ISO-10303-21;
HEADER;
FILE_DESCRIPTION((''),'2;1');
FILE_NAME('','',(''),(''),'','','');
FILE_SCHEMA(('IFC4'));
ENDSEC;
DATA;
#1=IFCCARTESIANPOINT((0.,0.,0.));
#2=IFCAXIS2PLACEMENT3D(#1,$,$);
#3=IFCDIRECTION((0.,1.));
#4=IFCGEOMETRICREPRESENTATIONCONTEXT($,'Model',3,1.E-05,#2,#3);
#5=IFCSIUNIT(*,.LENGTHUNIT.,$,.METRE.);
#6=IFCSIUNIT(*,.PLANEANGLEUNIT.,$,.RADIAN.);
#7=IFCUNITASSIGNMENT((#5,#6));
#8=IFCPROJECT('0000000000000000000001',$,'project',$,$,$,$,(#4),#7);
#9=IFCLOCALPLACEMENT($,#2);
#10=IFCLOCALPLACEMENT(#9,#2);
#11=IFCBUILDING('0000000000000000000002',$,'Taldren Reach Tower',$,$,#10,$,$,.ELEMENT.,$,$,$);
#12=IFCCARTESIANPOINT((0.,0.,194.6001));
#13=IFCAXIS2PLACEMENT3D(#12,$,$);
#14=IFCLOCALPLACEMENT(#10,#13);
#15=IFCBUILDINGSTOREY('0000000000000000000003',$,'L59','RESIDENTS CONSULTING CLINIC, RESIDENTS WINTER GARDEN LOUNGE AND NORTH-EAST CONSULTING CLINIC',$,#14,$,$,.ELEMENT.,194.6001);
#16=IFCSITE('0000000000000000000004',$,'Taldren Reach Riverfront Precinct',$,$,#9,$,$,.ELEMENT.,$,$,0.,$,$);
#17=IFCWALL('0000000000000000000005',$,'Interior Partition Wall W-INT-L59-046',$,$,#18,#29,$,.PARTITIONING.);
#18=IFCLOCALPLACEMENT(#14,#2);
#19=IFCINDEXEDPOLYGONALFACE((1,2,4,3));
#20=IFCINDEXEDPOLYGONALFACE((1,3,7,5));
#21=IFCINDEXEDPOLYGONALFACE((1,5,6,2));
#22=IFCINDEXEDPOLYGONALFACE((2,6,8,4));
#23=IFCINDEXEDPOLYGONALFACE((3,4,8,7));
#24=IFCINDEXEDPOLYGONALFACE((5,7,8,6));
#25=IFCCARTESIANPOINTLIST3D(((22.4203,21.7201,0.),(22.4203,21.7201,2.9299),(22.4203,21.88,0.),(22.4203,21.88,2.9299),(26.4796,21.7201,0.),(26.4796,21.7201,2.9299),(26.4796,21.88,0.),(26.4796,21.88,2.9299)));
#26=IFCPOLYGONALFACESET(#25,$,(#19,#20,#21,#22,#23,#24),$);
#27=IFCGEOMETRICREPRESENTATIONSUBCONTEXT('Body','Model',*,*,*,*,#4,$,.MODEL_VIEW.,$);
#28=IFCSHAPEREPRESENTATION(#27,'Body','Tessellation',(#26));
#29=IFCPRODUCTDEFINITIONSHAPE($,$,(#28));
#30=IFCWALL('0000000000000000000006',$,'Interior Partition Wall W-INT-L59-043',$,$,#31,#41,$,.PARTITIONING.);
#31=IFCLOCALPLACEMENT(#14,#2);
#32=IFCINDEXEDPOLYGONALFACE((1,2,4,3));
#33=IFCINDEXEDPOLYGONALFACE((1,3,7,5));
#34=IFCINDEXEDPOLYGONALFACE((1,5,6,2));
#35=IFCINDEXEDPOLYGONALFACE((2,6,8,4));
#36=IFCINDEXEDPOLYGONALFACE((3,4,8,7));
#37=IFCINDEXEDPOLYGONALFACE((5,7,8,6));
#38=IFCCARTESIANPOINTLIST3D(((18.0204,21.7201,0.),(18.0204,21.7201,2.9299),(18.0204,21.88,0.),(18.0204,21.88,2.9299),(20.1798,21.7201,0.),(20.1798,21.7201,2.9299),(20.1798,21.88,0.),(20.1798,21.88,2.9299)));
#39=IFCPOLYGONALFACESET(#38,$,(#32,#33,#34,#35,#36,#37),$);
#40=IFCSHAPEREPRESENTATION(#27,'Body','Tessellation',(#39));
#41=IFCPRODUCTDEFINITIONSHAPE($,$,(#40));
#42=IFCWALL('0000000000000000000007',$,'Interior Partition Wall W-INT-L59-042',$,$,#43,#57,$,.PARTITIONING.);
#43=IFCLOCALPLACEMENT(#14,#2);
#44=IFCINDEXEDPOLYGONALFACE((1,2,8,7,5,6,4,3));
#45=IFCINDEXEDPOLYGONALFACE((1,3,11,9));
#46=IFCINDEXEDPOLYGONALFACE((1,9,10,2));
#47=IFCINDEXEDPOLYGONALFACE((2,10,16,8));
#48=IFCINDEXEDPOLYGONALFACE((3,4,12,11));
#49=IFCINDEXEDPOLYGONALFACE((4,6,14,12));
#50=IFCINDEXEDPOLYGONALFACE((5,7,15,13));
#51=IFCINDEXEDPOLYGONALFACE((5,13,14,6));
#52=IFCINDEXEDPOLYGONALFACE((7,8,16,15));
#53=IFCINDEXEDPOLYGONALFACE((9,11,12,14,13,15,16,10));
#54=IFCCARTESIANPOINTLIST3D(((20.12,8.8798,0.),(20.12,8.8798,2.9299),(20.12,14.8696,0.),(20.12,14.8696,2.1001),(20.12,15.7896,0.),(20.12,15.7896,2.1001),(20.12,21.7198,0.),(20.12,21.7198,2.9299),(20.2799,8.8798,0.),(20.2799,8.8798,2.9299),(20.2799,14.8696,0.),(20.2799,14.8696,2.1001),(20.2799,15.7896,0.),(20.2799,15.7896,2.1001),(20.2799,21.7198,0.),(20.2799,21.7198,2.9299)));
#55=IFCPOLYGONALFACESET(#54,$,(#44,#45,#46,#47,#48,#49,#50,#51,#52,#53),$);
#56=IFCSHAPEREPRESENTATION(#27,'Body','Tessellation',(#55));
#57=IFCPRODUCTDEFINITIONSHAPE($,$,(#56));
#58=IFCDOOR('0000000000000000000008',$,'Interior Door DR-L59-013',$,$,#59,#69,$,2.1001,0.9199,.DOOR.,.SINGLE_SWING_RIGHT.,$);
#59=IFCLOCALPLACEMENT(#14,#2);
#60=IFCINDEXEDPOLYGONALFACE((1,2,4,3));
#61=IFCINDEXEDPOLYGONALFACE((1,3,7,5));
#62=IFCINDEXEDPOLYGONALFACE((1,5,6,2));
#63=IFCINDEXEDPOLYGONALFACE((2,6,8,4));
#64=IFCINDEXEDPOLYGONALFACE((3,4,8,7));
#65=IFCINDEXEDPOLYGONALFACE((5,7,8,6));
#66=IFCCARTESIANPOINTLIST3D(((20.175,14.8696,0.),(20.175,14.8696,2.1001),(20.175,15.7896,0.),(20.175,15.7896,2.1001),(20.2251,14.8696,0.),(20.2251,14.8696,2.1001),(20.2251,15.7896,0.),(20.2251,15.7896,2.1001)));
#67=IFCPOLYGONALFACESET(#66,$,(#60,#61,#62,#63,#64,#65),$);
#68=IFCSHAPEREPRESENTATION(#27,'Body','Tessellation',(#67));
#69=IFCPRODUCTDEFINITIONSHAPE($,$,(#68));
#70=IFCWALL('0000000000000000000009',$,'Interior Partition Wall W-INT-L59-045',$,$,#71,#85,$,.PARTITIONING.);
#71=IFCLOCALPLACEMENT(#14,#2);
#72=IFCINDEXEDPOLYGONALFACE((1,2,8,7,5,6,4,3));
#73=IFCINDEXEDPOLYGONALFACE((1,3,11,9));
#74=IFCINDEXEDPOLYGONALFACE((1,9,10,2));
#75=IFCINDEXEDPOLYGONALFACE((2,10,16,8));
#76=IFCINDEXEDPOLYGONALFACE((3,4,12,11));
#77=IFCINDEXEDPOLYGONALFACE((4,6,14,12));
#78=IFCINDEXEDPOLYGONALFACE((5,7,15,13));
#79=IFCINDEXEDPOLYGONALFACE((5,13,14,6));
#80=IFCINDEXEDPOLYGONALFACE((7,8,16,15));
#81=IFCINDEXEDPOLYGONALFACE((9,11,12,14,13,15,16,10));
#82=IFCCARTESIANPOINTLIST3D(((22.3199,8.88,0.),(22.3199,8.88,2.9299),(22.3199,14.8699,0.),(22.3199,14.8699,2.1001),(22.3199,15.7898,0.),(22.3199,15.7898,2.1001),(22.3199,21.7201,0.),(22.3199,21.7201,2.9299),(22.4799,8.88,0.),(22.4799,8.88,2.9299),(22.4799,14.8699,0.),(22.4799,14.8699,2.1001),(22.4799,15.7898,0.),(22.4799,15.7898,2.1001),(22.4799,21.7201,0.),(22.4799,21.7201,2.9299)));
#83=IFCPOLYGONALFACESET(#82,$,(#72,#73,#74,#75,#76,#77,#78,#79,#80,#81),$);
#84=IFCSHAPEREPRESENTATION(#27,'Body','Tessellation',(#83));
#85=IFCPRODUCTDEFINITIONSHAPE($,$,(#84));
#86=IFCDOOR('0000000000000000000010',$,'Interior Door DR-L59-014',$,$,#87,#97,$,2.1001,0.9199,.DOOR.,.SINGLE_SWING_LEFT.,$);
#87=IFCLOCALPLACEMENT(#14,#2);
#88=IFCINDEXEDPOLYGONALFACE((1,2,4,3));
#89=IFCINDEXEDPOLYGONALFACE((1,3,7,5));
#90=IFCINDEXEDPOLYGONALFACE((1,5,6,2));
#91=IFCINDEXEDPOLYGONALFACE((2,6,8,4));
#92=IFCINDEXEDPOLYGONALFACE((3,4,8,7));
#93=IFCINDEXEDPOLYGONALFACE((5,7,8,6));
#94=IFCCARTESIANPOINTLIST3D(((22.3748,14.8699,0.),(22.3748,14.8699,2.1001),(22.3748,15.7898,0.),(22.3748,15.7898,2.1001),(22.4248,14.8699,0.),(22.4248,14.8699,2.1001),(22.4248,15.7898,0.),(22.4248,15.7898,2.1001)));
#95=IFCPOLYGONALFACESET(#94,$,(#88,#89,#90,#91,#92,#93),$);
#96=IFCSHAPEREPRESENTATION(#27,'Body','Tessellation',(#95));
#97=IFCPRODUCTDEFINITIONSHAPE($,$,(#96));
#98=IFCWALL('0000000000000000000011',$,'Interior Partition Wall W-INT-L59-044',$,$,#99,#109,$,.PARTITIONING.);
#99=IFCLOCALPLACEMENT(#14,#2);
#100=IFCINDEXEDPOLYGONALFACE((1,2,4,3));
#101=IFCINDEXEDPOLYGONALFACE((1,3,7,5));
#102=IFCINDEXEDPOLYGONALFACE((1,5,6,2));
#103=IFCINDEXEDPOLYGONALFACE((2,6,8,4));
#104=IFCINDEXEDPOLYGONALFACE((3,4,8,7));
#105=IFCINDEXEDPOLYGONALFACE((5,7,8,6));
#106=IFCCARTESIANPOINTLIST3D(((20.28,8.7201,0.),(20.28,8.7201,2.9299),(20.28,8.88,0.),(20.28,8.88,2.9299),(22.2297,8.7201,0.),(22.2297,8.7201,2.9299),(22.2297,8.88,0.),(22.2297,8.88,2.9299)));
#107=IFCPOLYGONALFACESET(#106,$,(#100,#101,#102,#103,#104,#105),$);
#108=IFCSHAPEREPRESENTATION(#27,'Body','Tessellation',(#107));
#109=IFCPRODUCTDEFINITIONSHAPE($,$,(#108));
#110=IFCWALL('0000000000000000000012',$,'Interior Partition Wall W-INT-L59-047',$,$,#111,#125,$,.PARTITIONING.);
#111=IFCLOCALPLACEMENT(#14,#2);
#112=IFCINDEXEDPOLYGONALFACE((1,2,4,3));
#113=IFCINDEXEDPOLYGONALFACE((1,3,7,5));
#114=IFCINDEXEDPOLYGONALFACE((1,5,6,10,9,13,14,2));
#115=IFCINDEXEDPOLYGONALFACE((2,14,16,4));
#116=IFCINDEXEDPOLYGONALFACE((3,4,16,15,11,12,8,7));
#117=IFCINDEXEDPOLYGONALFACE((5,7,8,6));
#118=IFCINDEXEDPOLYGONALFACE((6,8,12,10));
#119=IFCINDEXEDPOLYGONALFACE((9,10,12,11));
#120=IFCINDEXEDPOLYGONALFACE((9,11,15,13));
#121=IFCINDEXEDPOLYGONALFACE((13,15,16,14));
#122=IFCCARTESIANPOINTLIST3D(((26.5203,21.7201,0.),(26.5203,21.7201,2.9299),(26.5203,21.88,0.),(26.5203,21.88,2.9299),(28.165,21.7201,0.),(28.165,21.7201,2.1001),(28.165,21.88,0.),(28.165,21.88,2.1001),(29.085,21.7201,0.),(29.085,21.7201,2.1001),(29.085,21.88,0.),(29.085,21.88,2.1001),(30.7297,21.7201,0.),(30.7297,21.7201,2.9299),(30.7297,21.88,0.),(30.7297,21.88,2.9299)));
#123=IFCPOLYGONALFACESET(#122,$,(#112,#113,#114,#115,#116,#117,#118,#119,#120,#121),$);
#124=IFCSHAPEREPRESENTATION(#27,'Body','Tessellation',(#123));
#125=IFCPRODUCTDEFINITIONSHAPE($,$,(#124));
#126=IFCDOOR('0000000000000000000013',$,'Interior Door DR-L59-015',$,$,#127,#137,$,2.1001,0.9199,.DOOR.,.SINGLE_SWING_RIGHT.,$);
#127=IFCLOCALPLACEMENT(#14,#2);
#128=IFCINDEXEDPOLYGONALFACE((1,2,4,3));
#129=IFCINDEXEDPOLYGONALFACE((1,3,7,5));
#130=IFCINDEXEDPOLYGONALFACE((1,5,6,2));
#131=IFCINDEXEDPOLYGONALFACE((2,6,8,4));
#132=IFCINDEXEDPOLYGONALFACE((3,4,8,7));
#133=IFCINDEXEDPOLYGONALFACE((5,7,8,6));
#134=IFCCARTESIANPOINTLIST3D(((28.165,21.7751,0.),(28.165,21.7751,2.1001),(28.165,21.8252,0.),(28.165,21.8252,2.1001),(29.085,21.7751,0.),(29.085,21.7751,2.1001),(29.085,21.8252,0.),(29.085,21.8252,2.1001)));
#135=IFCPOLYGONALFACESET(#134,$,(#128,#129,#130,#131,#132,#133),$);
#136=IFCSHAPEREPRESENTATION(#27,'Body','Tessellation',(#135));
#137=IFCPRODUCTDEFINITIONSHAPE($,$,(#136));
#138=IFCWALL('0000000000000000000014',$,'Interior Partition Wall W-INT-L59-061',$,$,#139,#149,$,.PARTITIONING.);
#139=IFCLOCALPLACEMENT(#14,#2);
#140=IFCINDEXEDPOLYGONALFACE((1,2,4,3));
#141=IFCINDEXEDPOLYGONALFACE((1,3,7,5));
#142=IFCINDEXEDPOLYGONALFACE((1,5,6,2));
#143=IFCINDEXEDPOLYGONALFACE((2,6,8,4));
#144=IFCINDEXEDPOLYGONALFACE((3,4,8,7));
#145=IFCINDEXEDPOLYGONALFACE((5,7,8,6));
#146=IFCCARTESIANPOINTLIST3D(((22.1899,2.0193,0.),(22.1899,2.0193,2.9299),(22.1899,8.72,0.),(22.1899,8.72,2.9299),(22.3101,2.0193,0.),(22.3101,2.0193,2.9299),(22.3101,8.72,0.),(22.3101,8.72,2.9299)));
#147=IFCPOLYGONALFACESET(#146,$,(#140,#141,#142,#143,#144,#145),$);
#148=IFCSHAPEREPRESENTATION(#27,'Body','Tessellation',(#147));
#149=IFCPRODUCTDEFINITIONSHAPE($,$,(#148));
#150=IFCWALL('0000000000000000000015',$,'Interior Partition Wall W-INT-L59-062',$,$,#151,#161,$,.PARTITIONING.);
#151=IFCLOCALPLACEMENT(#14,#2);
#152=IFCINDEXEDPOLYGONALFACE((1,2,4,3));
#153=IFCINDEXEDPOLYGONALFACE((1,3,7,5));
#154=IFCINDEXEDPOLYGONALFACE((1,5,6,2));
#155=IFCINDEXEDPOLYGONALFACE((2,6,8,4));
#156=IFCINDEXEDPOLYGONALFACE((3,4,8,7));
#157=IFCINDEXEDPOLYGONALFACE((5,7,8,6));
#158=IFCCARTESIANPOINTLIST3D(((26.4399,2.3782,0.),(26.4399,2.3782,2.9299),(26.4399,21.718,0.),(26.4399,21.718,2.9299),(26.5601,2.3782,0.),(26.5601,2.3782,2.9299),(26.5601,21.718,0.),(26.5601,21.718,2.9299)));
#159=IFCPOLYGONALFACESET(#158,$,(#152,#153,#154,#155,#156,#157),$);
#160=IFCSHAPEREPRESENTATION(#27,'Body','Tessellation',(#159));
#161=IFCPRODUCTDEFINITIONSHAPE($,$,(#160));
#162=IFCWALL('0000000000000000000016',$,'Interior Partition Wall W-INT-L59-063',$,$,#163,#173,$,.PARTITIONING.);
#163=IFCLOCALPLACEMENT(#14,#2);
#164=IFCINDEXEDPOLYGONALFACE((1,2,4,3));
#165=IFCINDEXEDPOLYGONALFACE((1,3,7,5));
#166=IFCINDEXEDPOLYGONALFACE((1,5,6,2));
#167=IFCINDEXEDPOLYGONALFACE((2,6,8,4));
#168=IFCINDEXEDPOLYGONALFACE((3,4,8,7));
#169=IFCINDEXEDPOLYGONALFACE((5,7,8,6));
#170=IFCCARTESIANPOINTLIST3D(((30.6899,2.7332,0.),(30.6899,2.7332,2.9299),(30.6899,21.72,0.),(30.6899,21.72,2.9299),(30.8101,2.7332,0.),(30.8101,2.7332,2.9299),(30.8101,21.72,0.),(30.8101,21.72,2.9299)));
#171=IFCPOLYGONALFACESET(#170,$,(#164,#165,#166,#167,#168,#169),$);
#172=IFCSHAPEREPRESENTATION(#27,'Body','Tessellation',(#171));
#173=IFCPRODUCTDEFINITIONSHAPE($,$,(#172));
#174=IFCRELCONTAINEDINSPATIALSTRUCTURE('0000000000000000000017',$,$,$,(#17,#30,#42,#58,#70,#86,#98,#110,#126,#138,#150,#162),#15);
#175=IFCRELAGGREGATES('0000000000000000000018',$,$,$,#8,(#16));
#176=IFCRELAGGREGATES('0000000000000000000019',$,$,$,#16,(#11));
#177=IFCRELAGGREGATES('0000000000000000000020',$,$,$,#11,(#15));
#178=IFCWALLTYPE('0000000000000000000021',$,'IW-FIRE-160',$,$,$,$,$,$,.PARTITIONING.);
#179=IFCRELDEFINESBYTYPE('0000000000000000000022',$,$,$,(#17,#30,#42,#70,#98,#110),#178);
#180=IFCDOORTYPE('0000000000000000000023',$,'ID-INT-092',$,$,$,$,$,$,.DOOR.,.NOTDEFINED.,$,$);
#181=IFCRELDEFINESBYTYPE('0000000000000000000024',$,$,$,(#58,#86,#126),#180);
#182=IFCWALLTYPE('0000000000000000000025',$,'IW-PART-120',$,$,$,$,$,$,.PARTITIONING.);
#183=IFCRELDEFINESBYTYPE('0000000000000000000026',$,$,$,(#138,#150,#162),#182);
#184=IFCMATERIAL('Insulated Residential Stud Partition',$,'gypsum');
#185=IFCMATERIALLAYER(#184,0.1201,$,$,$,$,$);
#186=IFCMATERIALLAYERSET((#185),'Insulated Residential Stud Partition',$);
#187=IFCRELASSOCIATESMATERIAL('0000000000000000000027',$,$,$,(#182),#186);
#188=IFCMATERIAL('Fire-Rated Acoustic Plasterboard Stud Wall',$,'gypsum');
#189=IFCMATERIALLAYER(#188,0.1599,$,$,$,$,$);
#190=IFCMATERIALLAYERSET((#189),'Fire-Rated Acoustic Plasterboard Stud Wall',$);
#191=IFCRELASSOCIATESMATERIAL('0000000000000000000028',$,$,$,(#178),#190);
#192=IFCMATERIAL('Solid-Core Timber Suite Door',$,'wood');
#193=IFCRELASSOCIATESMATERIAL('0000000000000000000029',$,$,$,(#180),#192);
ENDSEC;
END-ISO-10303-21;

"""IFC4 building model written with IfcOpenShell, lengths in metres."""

from ifc_helpers import new_model, si_unit, direction, frame, frame_2d, origin, place, context, subcontext, project, spatial, rectangle, extrude, source, transform, mapped, material, layer, layer_set, type_object, element, fill, save


model = new_model("IFC4")

# Units and contexts
model_context = context("Model", 3, precision=1e-05, world=origin(), true_north=direction((0.0, 1.0)))
body_context = subcontext(model_context, "Body", "Model", "MODEL_VIEW")
ifc_project = project(units=[si_unit("LENGTHUNIT", "METRE"), si_unit("PLANEANGLEUNIT", "RADIAN")], contexts=[model_context])

# Site, building, storey
site_placement = place(None, origin())
site = spatial("IfcSite", under=ifc_project, at=site_placement, Name="Taldren Reach Riverfront Precinct", CompositionType="ELEMENT", RefElevation=0.0)
building_placement = place(site_placement, origin())
building = spatial("IfcBuilding", under=site, at=building_placement, Name="Taldren Reach Tower", CompositionType="ELEMENT")
storey_placement = place(building_placement, frame((0.0, 0.0, 194.6001)))
storey = spatial("IfcBuildingStorey", under=building, at=storey_placement, Name="L59", Description="RESIDENTS CONSULTING CLINIC, RESIDENTS WINTER GARDEN LOUNGE AND NORTH-EAST CONSULTING CLINIC", CompositionType="ELEMENT", Elevation=194.6001)

# Walls
ifc_material_1 = material(Name="Insulated Residential Stud Partition", Category="gypsum")
ifc_layer_1 = layer(ifc_material_1, 0.1201)
ifc_layer_set_1 = layer_set([ifc_layer_1], Name="Insulated Residential Stud Partition")
wall_type_1 = type_object("IfcWallType", Name="IW-PART-120", PredefinedType="PARTITIONING", material=ifc_layer_set_1)
ifc_material_2 = material(Name="Fire-Rated Acoustic Plasterboard Stud Wall", Category="gypsum")
ifc_layer_2 = layer(ifc_material_2, 0.1599)
ifc_layer_set_2 = layer_set([ifc_layer_2], Name="Fire-Rated Acoustic Plasterboard Stud Wall")
wall_type_2 = type_object("IfcWallType", Name="IW-FIRE-160", PredefinedType="PARTITIONING", material=ifc_layer_set_2)
shared_shape_1 = source(origin(), body_context, "Body", "SweptSolid", [
    extrude(rectangle(XDim=4.0593, YDim=0.1599, at=frame_2d((2.0298, 0.0))), origin(), (0.0, 0.0, 1.0), 2.9299),
])
wall_1_placement = place(storey_placement, frame((26.4797, 21.8, 0.0), z_axis=(0.0, 0.0, 1.0), x_axis=(-1.0, 0.0, 0.0)))
element("IfcWall", 1, at=wall_1_placement, inside=storey, type_object=wall_type_2, Name="Interior Partition Wall W-INT-L59-046", PredefinedType="PARTITIONING", context=body_context, shape_type="MappedRepresentation", body=[
    mapped(shared_shape_1, transform((0.0, 0.0, 0.0), scale=1.0)),
])
shared_shape_2 = source(origin(), body_context, "Body", "SweptSolid", [
    extrude(rectangle(XDim=2.1594, YDim=0.1599, at=frame_2d((1.0796, 0.0))), origin(), (0.0, 0.0, 1.0), 2.9299),
])
wall_2_placement = place(storey_placement, frame((20.1797, 21.8, 0.0), z_axis=(0.0, 0.0, 1.0), x_axis=(-1.0, 0.0, 0.0)))
element("IfcWall", 2, at=wall_2_placement, inside=storey, type_object=wall_type_2, Name="Interior Partition Wall W-INT-L59-043", PredefinedType="PARTITIONING", context=body_context, shape_type="MappedRepresentation", body=[
    mapped(shared_shape_2, transform((0.0, 0.0, 0.0), scale=1.0)),
])

# Walls, openings, doors
shared_shape_3 = source(origin(), body_context, "Body", "SweptSolid", [
    extrude(rectangle(XDim=12.8401, YDim=0.1599, at=frame_2d((6.4199, 0.0))), origin(), (0.0, 0.0, 1.0), 2.9299),
])
wall_3_placement = place(storey_placement, frame((20.2, 8.8799, 0.0), z_axis=(0.0, 0.0, 1.0), x_axis=(0.0, 1.0, 0.0)))
wall_3 = element("IfcWall", 3, at=wall_3_placement, inside=storey, type_object=wall_type_2, Name="Interior Partition Wall W-INT-L59-042", PredefinedType="PARTITIONING", context=body_context, shape_type="MappedRepresentation", body=[
    mapped(shared_shape_3, transform((0.0, 0.0, 0.0), scale=1.0)),
])
shared_shape_4 = source(origin(), body_context, "Body", "SweptSolid", [
    extrude(rectangle(XDim=0.9199, YDim=2.1001, at=frame_2d((0.46, 1.05))), frame((0.0, 0.0898, 0.0), z_axis=(0.0, -1.0, 0.0), x_axis=(1.0, 0.0, 0.0)), (0.0, 0.0, 1.0), 0.1799),
])
opening_1_placement = place(wall_3_placement, frame((5.9897, 0.0, 0.0)))
opening_1 = element("IfcOpeningElement", 4, at=opening_1_placement, cuts=wall_3, PredefinedType="OPENING", context=body_context, shape_type="MappedRepresentation", body=[
    mapped(shared_shape_4, transform((0.0, 0.0, 0.0), scale=1.0)),
])
ifc_material_3 = material(Name="Solid-Core Timber Suite Door", Category="wood")
door_type = type_object("IfcDoorType", Name="ID-INT-092", OperationType="NOTDEFINED", PredefinedType="DOOR", material=ifc_material_3)
shared_shape_5 = source(origin(), body_context, "Body", "SweptSolid", [
    extrude(rectangle(XDim=0.9199, YDim=2.1001, at=frame_2d((0.46, 1.05))), frame((0.0, 0.0249, 0.0), z_axis=(0.0, -1.0, 0.0), x_axis=(1.0, 0.0, 0.0)), (0.0, 0.0, 1.0), 0.05),
])
door_1_placement = place(opening_1_placement, origin())
door_1 = element("IfcDoor", 5, at=door_1_placement, inside=storey, type_object=door_type, Name="Interior Door DR-L59-013", OperationType="SINGLE_SWING_RIGHT", OverallHeight=2.1001, OverallWidth=0.9199, PredefinedType="DOOR", context=body_context, shape_type="MappedRepresentation", body=[
    mapped(shared_shape_5, transform((0.0, 0.0, 0.0), scale=1.0)),
])
fill(opening_1, door_1)
wall_4_placement = place(storey_placement, frame((22.3999, 21.72, 0.0), z_axis=(0.0, 0.0, 1.0), x_axis=(0.0, -1.0, 0.0)))
wall_4 = element("IfcWall", 6, at=wall_4_placement, inside=storey, type_object=wall_type_2, Name="Interior Partition Wall W-INT-L59-045", PredefinedType="PARTITIONING", context=body_context, shape_type="MappedRepresentation", body=[
    mapped(shared_shape_3, transform((0.0, 0.0, 0.0), scale=1.0)),
])
opening_2_placement = place(wall_4_placement, frame((5.9302, 0.0, 0.0)))
opening_2 = element("IfcOpeningElement", 7, at=opening_2_placement, cuts=wall_4, PredefinedType="OPENING", context=body_context, shape_type="MappedRepresentation", body=[
    mapped(shared_shape_4, transform((0.0, 0.0, 0.0), scale=1.0)),
])
door_2_placement = place(opening_2_placement, origin())
door_2 = element("IfcDoor", 8, at=door_2_placement, inside=storey, type_object=door_type, Name="Interior Door DR-L59-014", OperationType="SINGLE_SWING_LEFT", OverallHeight=2.1001, OverallWidth=0.9199, PredefinedType="DOOR", context=body_context, shape_type="MappedRepresentation", body=[
    mapped(shared_shape_5, transform((0.0, 0.0, 0.0), scale=1.0)),
])
fill(opening_2, door_2)

# Wall
shared_shape_6 = source(origin(), body_context, "Body", "SweptSolid", [
    extrude(rectangle(XDim=1.9497, YDim=0.1599, at=frame_2d((0.9749, 0.0))), origin(), (0.0, 0.0, 1.0), 2.9299),
])
wall_5_placement = place(storey_placement, frame((22.2297, 8.8, 0.0), z_axis=(0.0, 0.0, 1.0), x_axis=(-1.0, 0.0, 0.0)))
element("IfcWall", 9, at=wall_5_placement, inside=storey, type_object=wall_type_2, Name="Interior Partition Wall W-INT-L59-044", PredefinedType="PARTITIONING", context=body_context, shape_type="MappedRepresentation", body=[
    mapped(shared_shape_6, transform((0.0, 0.0, 0.0), scale=1.0)),
])

# Wall, opening, door
shared_shape_7 = source(origin(), body_context, "Body", "SweptSolid", [
    extrude(rectangle(XDim=4.2095, YDim=0.1599, at=frame_2d((2.1047, 0.0))), origin(), (0.0, 0.0, 1.0), 2.9299),
])
wall_6_placement = place(storey_placement, frame((30.7297, 21.8, 0.0), z_axis=(0.0, 0.0, 1.0), x_axis=(-1.0, 0.0, 0.0)))
wall_6 = element("IfcWall", 10, at=wall_6_placement, inside=storey, type_object=wall_type_2, Name="Interior Partition Wall W-INT-L59-047", PredefinedType="PARTITIONING", context=body_context, shape_type="MappedRepresentation", body=[
    mapped(shared_shape_7, transform((0.0, 0.0, 0.0), scale=1.0)),
])
opening_3_placement = place(wall_6_placement, frame((1.6448, 0.0, 0.0)))
opening_3 = element("IfcOpeningElement", 11, at=opening_3_placement, cuts=wall_6, PredefinedType="OPENING", context=body_context, shape_type="MappedRepresentation", body=[
    mapped(shared_shape_4, transform((0.0, 0.0, 0.0), scale=1.0)),
])
door_3_placement = place(opening_3_placement, origin())
door_3 = element("IfcDoor", 12, at=door_3_placement, inside=storey, type_object=door_type, Name="Interior Door DR-L59-015", OperationType="SINGLE_SWING_RIGHT", OverallHeight=2.1001, OverallWidth=0.9199, PredefinedType="DOOR", context=body_context, shape_type="MappedRepresentation", body=[
    mapped(shared_shape_5, transform((0.0, 0.0, 0.0), scale=1.0)),
])
fill(opening_3, door_3)

# Walls
shared_shape_8 = source(origin(), body_context, "Body", "SweptSolid", [
    extrude(rectangle(XDim=6.7007, YDim=0.1201, at=frame_2d((3.3503, 0.0))), origin(), (0.0, 0.0, 1.0), 2.9299),
])
wall_7_placement = place(storey_placement, frame((22.25, 8.72, 0.0), z_axis=(0.0, 0.0, 1.0), x_axis=(0.0, -1.0, 0.0)))
element("IfcWall", 13, at=wall_7_placement, inside=storey, type_object=wall_type_1, Name="Interior Partition Wall W-INT-L59-061", PredefinedType="PARTITIONING", context=body_context, shape_type="MappedRepresentation", body=[
    mapped(shared_shape_8, transform((0.0, 0.0, 0.0), scale=1.0)),
])
shared_shape_9 = source(origin(), body_context, "Body", "SweptSolid", [
    extrude(rectangle(XDim=19.3398, YDim=0.1201, at=frame_2d((9.6699, 0.0))), origin(), (0.0, 0.0, 1.0), 2.9299),
])
wall_8_placement = place(storey_placement, frame((26.5, 21.718, 0.0), z_axis=(0.0, 0.0, 1.0), x_axis=(0.0, -1.0, 0.0)))
element("IfcWall", 14, at=wall_8_placement, inside=storey, type_object=wall_type_1, Name="Interior Partition Wall W-INT-L59-062", PredefinedType="PARTITIONING", context=body_context, shape_type="MappedRepresentation", body=[
    mapped(shared_shape_9, transform((0.0, 0.0, 0.0), scale=1.0)),
])
shared_shape_10 = source(origin(), body_context, "Body", "SweptSolid", [
    extrude(rectangle(XDim=18.9868, YDim=0.1201, at=frame_2d((9.4934, 0.0))), origin(), (0.0, 0.0, 1.0), 2.9299),
])
wall_9_placement = place(storey_placement, frame((30.75, 21.72, 0.0), z_axis=(0.0, 0.0, 1.0), x_axis=(0.0, -1.0, 0.0)))
element("IfcWall", 15, at=wall_9_placement, inside=storey, type_object=wall_type_1, Name="Interior Partition Wall W-INT-L59-063", PredefinedType="PARTITIONING", context=body_context, shape_type="MappedRepresentation", body=[
    mapped(shared_shape_10, transform((0.0, 0.0, 0.0), scale=1.0)),
])

save(model, "model.ifc")
